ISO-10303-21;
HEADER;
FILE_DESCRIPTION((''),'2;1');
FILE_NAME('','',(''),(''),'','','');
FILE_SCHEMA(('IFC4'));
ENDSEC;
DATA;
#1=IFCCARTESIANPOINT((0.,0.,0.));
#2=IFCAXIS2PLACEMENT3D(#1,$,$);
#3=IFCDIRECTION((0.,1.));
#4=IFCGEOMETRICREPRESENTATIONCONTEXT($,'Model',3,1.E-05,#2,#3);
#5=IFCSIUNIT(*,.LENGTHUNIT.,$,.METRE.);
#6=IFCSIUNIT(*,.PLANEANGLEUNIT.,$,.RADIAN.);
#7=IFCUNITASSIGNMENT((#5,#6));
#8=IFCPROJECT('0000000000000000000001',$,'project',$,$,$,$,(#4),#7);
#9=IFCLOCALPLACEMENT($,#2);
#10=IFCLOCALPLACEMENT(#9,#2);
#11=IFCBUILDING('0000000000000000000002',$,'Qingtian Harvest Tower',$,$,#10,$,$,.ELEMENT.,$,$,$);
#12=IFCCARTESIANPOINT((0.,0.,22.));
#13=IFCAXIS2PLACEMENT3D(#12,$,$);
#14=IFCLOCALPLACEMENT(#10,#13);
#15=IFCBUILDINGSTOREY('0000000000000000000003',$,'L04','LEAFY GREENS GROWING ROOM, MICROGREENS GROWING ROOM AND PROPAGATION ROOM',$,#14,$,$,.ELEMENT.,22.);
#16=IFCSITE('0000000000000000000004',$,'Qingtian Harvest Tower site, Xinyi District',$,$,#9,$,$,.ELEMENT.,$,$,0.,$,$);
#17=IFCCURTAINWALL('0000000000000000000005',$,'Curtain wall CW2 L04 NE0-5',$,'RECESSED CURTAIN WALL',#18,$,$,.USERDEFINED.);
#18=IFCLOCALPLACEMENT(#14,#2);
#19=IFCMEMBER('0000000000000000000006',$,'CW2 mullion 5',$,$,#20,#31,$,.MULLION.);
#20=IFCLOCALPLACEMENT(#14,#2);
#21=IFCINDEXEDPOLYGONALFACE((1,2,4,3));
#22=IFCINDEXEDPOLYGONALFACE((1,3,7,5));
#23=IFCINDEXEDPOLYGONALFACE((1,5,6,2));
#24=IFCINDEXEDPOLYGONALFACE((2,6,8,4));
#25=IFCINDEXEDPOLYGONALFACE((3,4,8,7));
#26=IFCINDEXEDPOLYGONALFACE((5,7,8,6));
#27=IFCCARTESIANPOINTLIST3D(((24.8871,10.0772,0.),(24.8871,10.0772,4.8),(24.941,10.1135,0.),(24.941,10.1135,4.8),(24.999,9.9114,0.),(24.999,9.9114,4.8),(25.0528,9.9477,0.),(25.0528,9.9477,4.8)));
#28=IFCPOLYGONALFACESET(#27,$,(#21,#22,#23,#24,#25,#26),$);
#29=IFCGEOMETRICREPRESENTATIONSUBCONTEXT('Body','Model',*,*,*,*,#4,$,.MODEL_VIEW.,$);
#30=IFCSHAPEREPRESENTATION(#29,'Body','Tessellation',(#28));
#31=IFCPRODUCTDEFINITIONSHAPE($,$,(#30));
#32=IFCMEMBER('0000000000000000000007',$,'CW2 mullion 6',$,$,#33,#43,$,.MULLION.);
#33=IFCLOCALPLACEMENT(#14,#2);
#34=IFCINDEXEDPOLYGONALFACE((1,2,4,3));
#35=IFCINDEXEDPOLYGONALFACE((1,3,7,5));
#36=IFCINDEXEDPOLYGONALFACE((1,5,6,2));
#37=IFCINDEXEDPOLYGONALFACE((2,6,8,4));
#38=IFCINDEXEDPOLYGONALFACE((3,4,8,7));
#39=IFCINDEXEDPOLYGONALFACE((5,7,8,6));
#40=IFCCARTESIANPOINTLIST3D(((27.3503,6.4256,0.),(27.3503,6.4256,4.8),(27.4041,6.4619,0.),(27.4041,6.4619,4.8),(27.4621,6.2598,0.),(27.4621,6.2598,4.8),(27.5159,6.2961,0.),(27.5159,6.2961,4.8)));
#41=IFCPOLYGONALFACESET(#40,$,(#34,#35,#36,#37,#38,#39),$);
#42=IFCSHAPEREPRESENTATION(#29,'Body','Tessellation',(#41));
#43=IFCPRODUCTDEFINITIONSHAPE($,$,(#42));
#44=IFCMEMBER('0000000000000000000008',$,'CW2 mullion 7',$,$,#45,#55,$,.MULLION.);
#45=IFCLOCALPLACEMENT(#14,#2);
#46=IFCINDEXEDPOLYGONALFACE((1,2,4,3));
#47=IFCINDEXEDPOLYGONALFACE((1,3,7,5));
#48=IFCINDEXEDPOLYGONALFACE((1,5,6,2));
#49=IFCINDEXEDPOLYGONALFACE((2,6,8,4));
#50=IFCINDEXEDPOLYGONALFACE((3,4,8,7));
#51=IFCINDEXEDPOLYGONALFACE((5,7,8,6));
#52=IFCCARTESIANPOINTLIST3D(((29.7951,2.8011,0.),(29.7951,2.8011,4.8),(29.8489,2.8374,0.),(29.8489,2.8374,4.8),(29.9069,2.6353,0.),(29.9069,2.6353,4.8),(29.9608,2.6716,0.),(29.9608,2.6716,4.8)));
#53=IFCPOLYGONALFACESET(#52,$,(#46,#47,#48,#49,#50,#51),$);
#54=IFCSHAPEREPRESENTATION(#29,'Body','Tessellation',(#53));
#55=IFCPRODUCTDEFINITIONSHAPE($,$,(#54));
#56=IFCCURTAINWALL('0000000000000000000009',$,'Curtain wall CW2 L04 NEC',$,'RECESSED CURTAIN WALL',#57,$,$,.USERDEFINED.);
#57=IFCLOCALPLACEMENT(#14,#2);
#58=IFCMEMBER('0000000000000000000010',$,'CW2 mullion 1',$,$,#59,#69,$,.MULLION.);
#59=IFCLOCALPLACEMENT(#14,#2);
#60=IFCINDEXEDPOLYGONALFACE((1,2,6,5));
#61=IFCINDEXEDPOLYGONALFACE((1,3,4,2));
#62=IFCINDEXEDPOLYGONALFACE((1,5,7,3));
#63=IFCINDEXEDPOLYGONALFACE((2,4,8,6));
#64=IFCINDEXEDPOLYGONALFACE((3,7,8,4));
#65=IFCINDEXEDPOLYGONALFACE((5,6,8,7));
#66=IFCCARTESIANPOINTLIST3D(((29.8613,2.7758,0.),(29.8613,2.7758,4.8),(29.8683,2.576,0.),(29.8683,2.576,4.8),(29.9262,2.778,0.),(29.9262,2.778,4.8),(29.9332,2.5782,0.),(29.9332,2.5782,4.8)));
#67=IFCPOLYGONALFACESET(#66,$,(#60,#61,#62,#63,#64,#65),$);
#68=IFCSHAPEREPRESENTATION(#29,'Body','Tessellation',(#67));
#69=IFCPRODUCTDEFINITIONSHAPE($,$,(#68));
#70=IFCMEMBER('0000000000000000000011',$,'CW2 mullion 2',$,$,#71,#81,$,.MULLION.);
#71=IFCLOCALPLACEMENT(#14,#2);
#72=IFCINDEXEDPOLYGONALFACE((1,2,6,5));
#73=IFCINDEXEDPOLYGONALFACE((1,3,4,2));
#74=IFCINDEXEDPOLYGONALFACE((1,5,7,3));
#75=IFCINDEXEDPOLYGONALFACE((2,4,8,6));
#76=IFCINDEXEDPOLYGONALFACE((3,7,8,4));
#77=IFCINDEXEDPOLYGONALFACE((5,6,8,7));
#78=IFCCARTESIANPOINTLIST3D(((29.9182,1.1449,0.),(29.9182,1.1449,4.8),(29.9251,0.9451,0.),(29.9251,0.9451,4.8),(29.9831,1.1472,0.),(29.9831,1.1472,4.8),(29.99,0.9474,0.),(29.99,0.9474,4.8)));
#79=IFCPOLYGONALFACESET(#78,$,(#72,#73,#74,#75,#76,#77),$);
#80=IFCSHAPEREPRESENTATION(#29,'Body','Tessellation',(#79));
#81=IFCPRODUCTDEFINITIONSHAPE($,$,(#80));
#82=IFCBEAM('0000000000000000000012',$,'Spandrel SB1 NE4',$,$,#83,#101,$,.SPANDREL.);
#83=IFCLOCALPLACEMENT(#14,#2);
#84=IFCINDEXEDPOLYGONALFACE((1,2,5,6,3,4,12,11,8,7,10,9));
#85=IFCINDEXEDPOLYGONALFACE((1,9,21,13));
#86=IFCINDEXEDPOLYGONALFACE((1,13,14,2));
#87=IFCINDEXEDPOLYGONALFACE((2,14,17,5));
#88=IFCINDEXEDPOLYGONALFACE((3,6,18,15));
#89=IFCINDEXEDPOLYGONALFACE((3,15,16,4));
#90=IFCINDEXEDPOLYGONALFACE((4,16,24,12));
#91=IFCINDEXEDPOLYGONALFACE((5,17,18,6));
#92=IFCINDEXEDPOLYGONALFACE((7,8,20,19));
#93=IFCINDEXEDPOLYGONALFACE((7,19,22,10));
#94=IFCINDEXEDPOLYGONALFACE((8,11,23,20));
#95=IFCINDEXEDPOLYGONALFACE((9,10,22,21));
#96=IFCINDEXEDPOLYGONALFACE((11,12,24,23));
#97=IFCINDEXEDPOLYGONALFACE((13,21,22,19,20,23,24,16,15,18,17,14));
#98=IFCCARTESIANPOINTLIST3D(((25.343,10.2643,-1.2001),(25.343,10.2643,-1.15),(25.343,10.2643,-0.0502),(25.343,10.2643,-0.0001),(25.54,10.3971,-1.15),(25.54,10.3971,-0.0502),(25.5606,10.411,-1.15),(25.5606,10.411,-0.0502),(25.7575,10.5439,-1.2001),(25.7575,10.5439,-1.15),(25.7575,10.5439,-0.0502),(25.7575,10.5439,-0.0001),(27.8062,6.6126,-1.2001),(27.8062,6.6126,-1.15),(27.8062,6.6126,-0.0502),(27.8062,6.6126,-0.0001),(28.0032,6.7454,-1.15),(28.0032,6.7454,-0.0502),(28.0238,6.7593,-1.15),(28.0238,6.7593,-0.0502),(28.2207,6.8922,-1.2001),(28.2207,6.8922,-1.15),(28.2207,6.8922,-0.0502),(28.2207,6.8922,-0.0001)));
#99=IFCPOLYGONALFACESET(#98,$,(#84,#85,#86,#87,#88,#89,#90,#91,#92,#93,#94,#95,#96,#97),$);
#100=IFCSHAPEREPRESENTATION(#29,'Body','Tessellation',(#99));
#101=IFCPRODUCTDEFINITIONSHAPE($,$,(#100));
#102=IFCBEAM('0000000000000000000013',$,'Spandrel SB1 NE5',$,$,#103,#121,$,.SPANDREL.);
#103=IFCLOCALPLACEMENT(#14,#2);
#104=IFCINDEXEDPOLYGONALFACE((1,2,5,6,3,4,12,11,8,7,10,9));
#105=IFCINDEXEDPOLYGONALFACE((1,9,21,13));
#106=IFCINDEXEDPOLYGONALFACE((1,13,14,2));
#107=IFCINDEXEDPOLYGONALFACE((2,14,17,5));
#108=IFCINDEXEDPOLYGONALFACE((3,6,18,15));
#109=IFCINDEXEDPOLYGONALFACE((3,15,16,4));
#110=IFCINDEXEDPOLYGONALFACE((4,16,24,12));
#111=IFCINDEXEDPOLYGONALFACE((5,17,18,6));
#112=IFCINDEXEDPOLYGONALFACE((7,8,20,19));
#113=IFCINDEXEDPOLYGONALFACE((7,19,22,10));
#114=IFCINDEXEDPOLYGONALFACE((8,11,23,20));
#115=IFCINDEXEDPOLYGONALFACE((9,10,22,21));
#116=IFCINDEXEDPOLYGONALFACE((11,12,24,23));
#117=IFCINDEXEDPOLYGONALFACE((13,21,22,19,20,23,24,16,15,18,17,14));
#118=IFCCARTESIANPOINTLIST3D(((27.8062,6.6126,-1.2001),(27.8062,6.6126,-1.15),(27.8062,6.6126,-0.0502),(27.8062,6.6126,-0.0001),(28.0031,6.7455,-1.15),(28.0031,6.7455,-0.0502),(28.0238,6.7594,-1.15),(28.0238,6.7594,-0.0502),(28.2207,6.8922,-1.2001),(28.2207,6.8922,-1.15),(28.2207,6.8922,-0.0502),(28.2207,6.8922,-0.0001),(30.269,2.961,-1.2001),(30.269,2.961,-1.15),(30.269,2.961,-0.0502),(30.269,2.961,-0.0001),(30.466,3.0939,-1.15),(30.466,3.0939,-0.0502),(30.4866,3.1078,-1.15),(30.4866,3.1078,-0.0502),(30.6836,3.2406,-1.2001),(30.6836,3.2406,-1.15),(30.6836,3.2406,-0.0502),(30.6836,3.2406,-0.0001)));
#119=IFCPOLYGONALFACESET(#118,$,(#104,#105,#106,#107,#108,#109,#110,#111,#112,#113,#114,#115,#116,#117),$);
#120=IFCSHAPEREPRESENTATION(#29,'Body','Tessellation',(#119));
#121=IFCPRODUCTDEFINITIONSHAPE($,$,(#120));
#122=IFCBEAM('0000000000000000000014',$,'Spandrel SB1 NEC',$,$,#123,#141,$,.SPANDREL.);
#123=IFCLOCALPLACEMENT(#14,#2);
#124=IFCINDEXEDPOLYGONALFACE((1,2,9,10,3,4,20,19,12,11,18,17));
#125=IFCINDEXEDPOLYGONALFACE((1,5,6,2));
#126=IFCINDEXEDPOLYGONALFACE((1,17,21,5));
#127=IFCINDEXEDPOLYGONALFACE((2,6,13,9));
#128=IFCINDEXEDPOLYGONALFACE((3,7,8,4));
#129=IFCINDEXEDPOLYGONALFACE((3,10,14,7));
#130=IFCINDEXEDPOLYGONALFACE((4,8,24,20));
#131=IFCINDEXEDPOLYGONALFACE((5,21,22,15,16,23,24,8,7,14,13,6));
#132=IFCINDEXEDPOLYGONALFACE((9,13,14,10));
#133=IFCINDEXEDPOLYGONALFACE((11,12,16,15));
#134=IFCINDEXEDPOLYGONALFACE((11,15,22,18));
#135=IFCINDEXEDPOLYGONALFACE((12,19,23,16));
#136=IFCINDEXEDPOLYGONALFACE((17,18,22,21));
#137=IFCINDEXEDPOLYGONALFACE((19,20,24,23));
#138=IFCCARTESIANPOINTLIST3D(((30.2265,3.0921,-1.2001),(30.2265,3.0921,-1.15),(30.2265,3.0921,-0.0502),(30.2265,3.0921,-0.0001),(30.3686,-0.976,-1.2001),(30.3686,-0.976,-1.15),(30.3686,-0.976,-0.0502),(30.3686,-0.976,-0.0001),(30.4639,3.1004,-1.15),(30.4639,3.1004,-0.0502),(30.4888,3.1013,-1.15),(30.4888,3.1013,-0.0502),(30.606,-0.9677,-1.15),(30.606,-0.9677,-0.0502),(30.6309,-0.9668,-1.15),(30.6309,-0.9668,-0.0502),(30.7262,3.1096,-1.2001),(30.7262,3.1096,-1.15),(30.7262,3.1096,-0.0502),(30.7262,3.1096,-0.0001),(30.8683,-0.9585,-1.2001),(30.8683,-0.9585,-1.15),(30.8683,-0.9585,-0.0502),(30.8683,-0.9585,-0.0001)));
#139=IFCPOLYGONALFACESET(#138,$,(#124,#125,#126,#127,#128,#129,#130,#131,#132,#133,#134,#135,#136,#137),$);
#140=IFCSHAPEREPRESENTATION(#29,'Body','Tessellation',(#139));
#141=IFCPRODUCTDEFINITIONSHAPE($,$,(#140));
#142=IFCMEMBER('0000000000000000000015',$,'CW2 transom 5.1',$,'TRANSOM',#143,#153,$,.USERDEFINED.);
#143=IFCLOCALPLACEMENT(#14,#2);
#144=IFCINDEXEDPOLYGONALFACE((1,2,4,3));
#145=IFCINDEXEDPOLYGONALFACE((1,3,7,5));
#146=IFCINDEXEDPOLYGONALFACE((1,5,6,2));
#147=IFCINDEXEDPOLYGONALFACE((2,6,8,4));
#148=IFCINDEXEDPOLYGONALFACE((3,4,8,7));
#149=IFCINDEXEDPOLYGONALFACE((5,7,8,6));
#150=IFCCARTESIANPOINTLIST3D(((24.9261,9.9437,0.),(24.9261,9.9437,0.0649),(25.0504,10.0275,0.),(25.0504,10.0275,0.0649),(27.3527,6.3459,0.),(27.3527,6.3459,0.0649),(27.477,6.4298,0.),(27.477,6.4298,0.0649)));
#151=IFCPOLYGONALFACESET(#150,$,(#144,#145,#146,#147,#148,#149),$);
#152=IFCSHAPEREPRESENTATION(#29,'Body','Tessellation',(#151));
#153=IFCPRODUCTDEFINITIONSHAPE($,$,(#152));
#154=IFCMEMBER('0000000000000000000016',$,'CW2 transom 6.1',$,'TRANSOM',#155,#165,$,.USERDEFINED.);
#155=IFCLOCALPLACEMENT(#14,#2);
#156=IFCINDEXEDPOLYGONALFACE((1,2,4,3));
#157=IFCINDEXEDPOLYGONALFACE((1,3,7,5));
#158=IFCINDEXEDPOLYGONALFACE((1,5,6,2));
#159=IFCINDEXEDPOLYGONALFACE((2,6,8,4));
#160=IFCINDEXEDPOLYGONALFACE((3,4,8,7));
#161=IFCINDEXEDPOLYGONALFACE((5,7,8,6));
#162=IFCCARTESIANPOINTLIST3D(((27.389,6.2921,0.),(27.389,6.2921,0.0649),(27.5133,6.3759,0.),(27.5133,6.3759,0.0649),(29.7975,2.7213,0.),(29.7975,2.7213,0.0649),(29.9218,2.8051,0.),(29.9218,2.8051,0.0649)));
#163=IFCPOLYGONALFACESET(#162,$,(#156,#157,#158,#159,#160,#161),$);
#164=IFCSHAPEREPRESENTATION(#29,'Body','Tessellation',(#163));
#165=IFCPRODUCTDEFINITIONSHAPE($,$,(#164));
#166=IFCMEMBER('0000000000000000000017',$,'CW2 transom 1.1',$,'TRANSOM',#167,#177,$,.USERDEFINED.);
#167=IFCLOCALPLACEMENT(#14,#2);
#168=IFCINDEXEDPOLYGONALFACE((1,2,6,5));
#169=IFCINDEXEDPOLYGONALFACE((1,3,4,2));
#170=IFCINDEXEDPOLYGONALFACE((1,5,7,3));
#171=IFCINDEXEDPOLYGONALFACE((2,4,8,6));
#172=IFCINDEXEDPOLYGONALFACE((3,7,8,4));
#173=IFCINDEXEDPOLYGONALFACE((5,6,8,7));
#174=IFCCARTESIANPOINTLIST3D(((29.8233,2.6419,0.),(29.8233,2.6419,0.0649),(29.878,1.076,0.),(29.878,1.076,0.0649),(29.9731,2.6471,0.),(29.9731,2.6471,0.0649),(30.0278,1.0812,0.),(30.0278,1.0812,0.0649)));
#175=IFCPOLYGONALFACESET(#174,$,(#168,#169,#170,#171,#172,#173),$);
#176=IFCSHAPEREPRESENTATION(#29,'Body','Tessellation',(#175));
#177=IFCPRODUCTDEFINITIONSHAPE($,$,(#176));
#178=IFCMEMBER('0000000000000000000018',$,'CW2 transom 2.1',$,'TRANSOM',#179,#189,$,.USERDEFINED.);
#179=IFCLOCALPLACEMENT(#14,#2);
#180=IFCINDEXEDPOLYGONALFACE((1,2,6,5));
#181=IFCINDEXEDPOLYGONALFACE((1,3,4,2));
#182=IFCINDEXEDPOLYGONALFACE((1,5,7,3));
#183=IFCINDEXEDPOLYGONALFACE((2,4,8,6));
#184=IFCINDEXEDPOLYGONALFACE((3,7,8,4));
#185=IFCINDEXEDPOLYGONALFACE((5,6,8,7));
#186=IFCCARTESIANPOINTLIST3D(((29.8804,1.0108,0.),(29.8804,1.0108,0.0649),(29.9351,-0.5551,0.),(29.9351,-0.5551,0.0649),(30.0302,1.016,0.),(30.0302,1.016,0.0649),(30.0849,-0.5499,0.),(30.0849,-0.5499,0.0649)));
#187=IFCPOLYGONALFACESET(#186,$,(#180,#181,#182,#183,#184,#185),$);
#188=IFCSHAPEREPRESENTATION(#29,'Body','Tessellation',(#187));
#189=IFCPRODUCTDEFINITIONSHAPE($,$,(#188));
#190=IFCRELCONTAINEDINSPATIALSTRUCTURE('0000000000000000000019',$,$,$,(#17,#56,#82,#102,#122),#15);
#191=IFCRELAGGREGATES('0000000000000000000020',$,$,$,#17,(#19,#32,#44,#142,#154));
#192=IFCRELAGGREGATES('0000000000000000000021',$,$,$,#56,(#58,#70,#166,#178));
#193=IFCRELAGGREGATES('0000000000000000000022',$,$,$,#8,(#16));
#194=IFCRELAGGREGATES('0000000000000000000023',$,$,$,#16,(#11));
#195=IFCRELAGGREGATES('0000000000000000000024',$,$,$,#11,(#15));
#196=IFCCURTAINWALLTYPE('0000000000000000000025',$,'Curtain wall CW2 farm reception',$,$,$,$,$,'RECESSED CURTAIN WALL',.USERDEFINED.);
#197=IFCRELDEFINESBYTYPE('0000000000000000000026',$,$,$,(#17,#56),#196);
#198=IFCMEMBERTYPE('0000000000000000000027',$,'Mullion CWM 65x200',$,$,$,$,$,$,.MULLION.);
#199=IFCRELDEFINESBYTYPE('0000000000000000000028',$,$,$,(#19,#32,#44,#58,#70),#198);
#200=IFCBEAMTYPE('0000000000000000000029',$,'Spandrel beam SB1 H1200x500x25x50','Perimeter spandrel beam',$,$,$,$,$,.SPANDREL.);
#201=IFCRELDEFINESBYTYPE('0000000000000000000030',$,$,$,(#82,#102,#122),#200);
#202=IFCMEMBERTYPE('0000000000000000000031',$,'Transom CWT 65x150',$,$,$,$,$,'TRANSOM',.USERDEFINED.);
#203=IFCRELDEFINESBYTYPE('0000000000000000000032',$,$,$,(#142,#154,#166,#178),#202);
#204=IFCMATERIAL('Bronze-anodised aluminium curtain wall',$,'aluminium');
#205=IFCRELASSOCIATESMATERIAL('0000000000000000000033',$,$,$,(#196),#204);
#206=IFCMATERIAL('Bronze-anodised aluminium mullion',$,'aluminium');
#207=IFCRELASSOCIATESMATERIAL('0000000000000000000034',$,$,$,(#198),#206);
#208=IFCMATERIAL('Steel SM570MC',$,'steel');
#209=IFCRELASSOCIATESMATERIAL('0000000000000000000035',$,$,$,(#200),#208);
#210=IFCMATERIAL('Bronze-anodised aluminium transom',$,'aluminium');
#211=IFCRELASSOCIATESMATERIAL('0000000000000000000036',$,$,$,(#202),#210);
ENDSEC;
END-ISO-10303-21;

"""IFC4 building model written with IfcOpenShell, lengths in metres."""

from ifc_helpers import new_model, si_unit, direction, frame, origin, origin_2d, place, context, subcontext, project, spatial, rectangle, i_section, extrude, material, material_profile, profile_set, type_object, element, aggregate, save


model = new_model("IFC4")

# Units and contexts
model_context = context("Model", 3, precision=1e-05, world=origin(), true_north=direction((0.0, 1.0)))
body_context = subcontext(model_context, "Body", "Model", "MODEL_VIEW")
ifc_project = project(units=[si_unit("LENGTHUNIT", "METRE"), si_unit("PLANEANGLEUNIT", "RADIAN")], contexts=[model_context])

# Site, building, storey
site_placement = place(None, origin())
site = spatial("IfcSite", under=ifc_project, at=site_placement, Name="Qingtian Harvest Tower site, Xinyi District", CompositionType="ELEMENT", RefElevation=0.0)
building_placement = place(site_placement, origin())
building = spatial("IfcBuilding", under=site, at=building_placement, Name="Qingtian Harvest Tower", CompositionType="ELEMENT")
storey_placement = place(building_placement, frame((0.0, 0.0, 22.0)))
storey = spatial("IfcBuildingStorey", under=building, at=storey_placement, Name="L04", Description="LEAFY GREENS GROWING ROOM, MICROGREENS GROWING ROOM AND PROPAGATION ROOM", CompositionType="ELEMENT", Elevation=22.0)

# Curtain walls, members
ifc_material_1 = material(Name="Bronze-anodised aluminium curtain wall", Category="aluminium")
curtain_wall_type = type_object("IfcCurtainWallType", Name="Curtain wall CW2 farm reception", ElementType="RECESSED CURTAIN WALL", PredefinedType="USERDEFINED", material=ifc_material_1)
curtain_wall_1_placement = place(storey_placement, origin())
curtain_wall_1 = element("IfcCurtainWall", 1, at=curtain_wall_1_placement, inside=storey, type_object=curtain_wall_type, Name="Curtain wall CW2 L04 NE0-5", ObjectType="RECESSED CURTAIN WALL", PredefinedType="USERDEFINED")
ifc_material_2 = material(Name="Bronze-anodised aluminium mullion", Category="aluminium")
ifc_material_profile_1 = material_profile(ifc_material_2, rectangle(XDim=0.0649, YDim=0.2, at=origin_2d()), Name="AL 65x200")
ifc_profile_set_1 = profile_set([ifc_material_profile_1], Name="Bronze-anodised aluminium mullion")
member_type_1 = type_object("IfcMemberType", Name="Mullion CWM 65x200", PredefinedType="MULLION", material=ifc_profile_set_1)
member_1_placement = place(storey_placement, frame((24.97, 10.0125, 0.0), z_axis=(0.0, 0.0, 1.0), x_axis=(0.829038, 0.559193, 0.0)))
member_1 = element("IfcMember", 2, at=member_1_placement, type_object=member_type_1, Name="CW2 mullion 5", PredefinedType="MULLION", context=body_context, shape_type="SweptSolid", body=[
    extrude(rectangle(XDim=0.0649, YDim=0.2, at=origin_2d()), origin(), (0.0, 0.0, 1.0), 4.8),
])
member_2_placement = place(storey_placement, frame((27.4331, 6.3608, 0.0), z_axis=(0.0, 0.0, 1.0), x_axis=(0.829038, 0.559193, 0.0)))
member_2 = element("IfcMember", 3, at=member_2_placement, type_object=member_type_1, Name="CW2 mullion 6", PredefinedType="MULLION", context=body_context, shape_type="SweptSolid", body=[
    extrude(rectangle(XDim=0.0649, YDim=0.2, at=origin_2d()), origin(), (0.0, 0.0, 1.0), 4.8),
])
member_3_placement = place(storey_placement, frame((29.8779, 2.7363, 0.0), z_axis=(0.0, 0.0, 1.0), x_axis=(0.829038, 0.559193, 0.0)))
member_3 = element("IfcMember", 4, at=member_3_placement, type_object=member_type_1, Name="CW2 mullion 7", PredefinedType="MULLION", context=body_context, shape_type="SweptSolid", body=[
    extrude(rectangle(XDim=0.0649, YDim=0.2, at=origin_2d()), origin(), (0.0, 0.0, 1.0), 4.8),
])
curtain_wall_2_placement = place(storey_placement, origin())
curtain_wall_2 = element("IfcCurtainWall", 5, at=curtain_wall_2_placement, inside=storey, type_object=curtain_wall_type, Name="Curtain wall CW2 L04 NEC", ObjectType="RECESSED CURTAIN WALL", PredefinedType="USERDEFINED")
member_4_placement = place(storey_placement, frame((29.8972, 2.677, 0.0), z_axis=(0.0, 0.0, 1.0), x_axis=(0.999391, 0.034899, 0.0)))
member_4 = element("IfcMember", 6, at=member_4_placement, type_object=member_type_1, Name="CW2 mullion 1", PredefinedType="MULLION", context=body_context, shape_type="SweptSolid", body=[
    extrude(rectangle(XDim=0.0649, YDim=0.2, at=origin_2d()), origin(), (0.0, 0.0, 1.0), 4.8),
])
member_5_placement = place(storey_placement, frame((29.9541, 1.0461, 0.0), z_axis=(0.0, 0.0, 1.0), x_axis=(0.999391, 0.034899, 0.0)))
member_5 = element("IfcMember", 7, at=member_5_placement, type_object=member_type_1, Name="CW2 mullion 2", PredefinedType="MULLION", context=body_context, shape_type="SweptSolid", body=[
    extrude(rectangle(XDim=0.0649, YDim=0.2, at=origin_2d()), origin(), (0.0, 0.0, 1.0), 4.8),
])

# Beams
ifc_material_3 = material(Name="Steel SM570MC", Category="steel")
ifc_material_profile_2 = material_profile(ifc_material_3, i_section(OverallWidth=0.5, OverallDepth=1.2, WebThickness=0.0249, FlangeThickness=0.05, at=origin_2d()), Name="H1200x500x25x50")
ifc_profile_set_2 = profile_set([ifc_material_profile_2], Name="Steel SM570MC")
beam_type_1 = type_object("IfcBeamType", Name="Spandrel beam SB1 H1200x500x25x50", Description="Perimeter spandrel beam", PredefinedType="SPANDREL", material=ifc_profile_set_2)
beam_1_placement = place(storey_placement, frame((25.5503, 10.4041, -0.6001), z_axis=(0.559207, -0.829028, 0.0), x_axis=(0.829028, 0.559207, 0.0)))
element("IfcBeam", 8, at=beam_1_placement, inside=storey, type_object=beam_type_1, Name="Spandrel SB1 NE4", PredefinedType="SPANDREL", context=body_context, shape_type="SweptSolid", body=[
    extrude(i_section(OverallWidth=0.5, OverallDepth=1.2, WebThickness=0.0249, FlangeThickness=0.05, at=origin_2d()), origin(), (0.0, 0.0, 1.0), 4.4048),
])
beam_2_placement = place(storey_placement, frame((28.0134, 6.7524, -0.6001), z_axis=(0.559169, -0.829054, 0.0), x_axis=(0.829054, 0.559169, 0.0)))
element("IfcBeam", 9, at=beam_2_placement, inside=storey, type_object=beam_type_1, Name="Spandrel SB1 NE5", PredefinedType="SPANDREL", context=body_context, shape_type="SweptSolid", body=[
    extrude(i_section(OverallWidth=0.5, OverallDepth=1.2, WebThickness=0.0249, FlangeThickness=0.05, at=origin_2d()), origin(), (0.0, 0.0, 1.0), 4.4045),
])
beam_3_placement = place(storey_placement, frame((30.4763, 3.1008, -0.6001), z_axis=(0.034906, -0.999391, 0.0), x_axis=(0.999391, 0.034906, 0.0)))
element("IfcBeam", 10, at=beam_3_placement, inside=storey, type_object=beam_type_1, Name="Spandrel SB1 NEC", PredefinedType="SPANDREL", context=body_context, shape_type="SweptSolid", body=[
    extrude(i_section(OverallWidth=0.5, OverallDepth=1.2, WebThickness=0.0249, FlangeThickness=0.05, at=origin_2d()), origin(), (0.0, 0.0, 1.0), 4.0706),
])

# Members
ifc_material_4 = material(Name="Bronze-anodised aluminium transom", Category="aluminium")
ifc_material_profile_3 = material_profile(ifc_material_4, rectangle(XDim=0.1499, YDim=0.0649, at=origin_2d()), Name="AL 65x150")
ifc_profile_set_3 = profile_set([ifc_material_profile_3], Name="Bronze-anodised aluminium transom")
member_type_2 = type_object("IfcMemberType", Name="Transom CWT 65x150", ElementType="TRANSOM", PredefinedType="USERDEFINED", material=ifc_profile_set_3)
member_6_placement = place(storey_placement, frame((24.9883, 9.9856, 0.0325), z_axis=(0.559171, -0.829052, 0.0), x_axis=(0.829052, 0.559171, 0.0)))
member_6 = element("IfcMember", 11, at=member_6_placement, type_object=member_type_2, Name="CW2 transom 5.1", ObjectType="TRANSOM", PredefinedType="USERDEFINED", context=body_context, shape_type="SweptSolid", body=[
    extrude(rectangle(XDim=0.1499, YDim=0.0649, at=origin_2d()), origin(), (0.0, 0.0, 1.0), 4.3396),
])
member_7_placement = place(storey_placement, frame((27.4512, 6.334, 0.0325), z_axis=(0.559179, -0.829047, 0.0), x_axis=(0.829047, 0.559179, 0.0)))
member_7 = element("IfcMember", 12, at=member_7_placement, type_object=member_type_2, Name="CW2 transom 6.1", ObjectType="TRANSOM", PredefinedType="USERDEFINED", context=body_context, shape_type="SweptSolid", body=[
    extrude(rectangle(XDim=0.1499, YDim=0.0649, at=origin_2d()), origin(), (0.0, 0.0, 1.0), 4.3071),
])
member_8_placement = place(storey_placement, frame((29.8982, 2.6445, 0.0325), z_axis=(0.034902, -0.999391, 0.0), x_axis=(0.999391, 0.034902, 0.0)))
member_8 = element("IfcMember", 13, at=member_8_placement, type_object=member_type_2, Name="CW2 transom 1.1", ObjectType="TRANSOM", PredefinedType="USERDEFINED", context=body_context, shape_type="SweptSolid", body=[
    extrude(rectangle(XDim=0.1499, YDim=0.0649, at=origin_2d()), origin(), (0.0, 0.0, 1.0), 1.5669),
])
member_9_placement = place(storey_placement, frame((29.9553, 1.0134, 0.0325), z_axis=(0.034902, -0.999391, 0.0), x_axis=(0.999391, 0.034902, 0.0)))
member_9 = element("IfcMember", 14, at=member_9_placement, type_object=member_type_2, Name="CW2 transom 2.1", ObjectType="TRANSOM", PredefinedType="USERDEFINED", context=body_context, shape_type="SweptSolid", body=[
    extrude(rectangle(XDim=0.1499, YDim=0.0649, at=origin_2d()), origin(), (0.0, 0.0, 1.0), 1.5669),
])

aggregate(curtain_wall_1, [member_1, member_2, member_3, member_6, member_7])
aggregate(curtain_wall_2, [member_4, member_5, member_8, member_9])

save(model, "model.ifc")
